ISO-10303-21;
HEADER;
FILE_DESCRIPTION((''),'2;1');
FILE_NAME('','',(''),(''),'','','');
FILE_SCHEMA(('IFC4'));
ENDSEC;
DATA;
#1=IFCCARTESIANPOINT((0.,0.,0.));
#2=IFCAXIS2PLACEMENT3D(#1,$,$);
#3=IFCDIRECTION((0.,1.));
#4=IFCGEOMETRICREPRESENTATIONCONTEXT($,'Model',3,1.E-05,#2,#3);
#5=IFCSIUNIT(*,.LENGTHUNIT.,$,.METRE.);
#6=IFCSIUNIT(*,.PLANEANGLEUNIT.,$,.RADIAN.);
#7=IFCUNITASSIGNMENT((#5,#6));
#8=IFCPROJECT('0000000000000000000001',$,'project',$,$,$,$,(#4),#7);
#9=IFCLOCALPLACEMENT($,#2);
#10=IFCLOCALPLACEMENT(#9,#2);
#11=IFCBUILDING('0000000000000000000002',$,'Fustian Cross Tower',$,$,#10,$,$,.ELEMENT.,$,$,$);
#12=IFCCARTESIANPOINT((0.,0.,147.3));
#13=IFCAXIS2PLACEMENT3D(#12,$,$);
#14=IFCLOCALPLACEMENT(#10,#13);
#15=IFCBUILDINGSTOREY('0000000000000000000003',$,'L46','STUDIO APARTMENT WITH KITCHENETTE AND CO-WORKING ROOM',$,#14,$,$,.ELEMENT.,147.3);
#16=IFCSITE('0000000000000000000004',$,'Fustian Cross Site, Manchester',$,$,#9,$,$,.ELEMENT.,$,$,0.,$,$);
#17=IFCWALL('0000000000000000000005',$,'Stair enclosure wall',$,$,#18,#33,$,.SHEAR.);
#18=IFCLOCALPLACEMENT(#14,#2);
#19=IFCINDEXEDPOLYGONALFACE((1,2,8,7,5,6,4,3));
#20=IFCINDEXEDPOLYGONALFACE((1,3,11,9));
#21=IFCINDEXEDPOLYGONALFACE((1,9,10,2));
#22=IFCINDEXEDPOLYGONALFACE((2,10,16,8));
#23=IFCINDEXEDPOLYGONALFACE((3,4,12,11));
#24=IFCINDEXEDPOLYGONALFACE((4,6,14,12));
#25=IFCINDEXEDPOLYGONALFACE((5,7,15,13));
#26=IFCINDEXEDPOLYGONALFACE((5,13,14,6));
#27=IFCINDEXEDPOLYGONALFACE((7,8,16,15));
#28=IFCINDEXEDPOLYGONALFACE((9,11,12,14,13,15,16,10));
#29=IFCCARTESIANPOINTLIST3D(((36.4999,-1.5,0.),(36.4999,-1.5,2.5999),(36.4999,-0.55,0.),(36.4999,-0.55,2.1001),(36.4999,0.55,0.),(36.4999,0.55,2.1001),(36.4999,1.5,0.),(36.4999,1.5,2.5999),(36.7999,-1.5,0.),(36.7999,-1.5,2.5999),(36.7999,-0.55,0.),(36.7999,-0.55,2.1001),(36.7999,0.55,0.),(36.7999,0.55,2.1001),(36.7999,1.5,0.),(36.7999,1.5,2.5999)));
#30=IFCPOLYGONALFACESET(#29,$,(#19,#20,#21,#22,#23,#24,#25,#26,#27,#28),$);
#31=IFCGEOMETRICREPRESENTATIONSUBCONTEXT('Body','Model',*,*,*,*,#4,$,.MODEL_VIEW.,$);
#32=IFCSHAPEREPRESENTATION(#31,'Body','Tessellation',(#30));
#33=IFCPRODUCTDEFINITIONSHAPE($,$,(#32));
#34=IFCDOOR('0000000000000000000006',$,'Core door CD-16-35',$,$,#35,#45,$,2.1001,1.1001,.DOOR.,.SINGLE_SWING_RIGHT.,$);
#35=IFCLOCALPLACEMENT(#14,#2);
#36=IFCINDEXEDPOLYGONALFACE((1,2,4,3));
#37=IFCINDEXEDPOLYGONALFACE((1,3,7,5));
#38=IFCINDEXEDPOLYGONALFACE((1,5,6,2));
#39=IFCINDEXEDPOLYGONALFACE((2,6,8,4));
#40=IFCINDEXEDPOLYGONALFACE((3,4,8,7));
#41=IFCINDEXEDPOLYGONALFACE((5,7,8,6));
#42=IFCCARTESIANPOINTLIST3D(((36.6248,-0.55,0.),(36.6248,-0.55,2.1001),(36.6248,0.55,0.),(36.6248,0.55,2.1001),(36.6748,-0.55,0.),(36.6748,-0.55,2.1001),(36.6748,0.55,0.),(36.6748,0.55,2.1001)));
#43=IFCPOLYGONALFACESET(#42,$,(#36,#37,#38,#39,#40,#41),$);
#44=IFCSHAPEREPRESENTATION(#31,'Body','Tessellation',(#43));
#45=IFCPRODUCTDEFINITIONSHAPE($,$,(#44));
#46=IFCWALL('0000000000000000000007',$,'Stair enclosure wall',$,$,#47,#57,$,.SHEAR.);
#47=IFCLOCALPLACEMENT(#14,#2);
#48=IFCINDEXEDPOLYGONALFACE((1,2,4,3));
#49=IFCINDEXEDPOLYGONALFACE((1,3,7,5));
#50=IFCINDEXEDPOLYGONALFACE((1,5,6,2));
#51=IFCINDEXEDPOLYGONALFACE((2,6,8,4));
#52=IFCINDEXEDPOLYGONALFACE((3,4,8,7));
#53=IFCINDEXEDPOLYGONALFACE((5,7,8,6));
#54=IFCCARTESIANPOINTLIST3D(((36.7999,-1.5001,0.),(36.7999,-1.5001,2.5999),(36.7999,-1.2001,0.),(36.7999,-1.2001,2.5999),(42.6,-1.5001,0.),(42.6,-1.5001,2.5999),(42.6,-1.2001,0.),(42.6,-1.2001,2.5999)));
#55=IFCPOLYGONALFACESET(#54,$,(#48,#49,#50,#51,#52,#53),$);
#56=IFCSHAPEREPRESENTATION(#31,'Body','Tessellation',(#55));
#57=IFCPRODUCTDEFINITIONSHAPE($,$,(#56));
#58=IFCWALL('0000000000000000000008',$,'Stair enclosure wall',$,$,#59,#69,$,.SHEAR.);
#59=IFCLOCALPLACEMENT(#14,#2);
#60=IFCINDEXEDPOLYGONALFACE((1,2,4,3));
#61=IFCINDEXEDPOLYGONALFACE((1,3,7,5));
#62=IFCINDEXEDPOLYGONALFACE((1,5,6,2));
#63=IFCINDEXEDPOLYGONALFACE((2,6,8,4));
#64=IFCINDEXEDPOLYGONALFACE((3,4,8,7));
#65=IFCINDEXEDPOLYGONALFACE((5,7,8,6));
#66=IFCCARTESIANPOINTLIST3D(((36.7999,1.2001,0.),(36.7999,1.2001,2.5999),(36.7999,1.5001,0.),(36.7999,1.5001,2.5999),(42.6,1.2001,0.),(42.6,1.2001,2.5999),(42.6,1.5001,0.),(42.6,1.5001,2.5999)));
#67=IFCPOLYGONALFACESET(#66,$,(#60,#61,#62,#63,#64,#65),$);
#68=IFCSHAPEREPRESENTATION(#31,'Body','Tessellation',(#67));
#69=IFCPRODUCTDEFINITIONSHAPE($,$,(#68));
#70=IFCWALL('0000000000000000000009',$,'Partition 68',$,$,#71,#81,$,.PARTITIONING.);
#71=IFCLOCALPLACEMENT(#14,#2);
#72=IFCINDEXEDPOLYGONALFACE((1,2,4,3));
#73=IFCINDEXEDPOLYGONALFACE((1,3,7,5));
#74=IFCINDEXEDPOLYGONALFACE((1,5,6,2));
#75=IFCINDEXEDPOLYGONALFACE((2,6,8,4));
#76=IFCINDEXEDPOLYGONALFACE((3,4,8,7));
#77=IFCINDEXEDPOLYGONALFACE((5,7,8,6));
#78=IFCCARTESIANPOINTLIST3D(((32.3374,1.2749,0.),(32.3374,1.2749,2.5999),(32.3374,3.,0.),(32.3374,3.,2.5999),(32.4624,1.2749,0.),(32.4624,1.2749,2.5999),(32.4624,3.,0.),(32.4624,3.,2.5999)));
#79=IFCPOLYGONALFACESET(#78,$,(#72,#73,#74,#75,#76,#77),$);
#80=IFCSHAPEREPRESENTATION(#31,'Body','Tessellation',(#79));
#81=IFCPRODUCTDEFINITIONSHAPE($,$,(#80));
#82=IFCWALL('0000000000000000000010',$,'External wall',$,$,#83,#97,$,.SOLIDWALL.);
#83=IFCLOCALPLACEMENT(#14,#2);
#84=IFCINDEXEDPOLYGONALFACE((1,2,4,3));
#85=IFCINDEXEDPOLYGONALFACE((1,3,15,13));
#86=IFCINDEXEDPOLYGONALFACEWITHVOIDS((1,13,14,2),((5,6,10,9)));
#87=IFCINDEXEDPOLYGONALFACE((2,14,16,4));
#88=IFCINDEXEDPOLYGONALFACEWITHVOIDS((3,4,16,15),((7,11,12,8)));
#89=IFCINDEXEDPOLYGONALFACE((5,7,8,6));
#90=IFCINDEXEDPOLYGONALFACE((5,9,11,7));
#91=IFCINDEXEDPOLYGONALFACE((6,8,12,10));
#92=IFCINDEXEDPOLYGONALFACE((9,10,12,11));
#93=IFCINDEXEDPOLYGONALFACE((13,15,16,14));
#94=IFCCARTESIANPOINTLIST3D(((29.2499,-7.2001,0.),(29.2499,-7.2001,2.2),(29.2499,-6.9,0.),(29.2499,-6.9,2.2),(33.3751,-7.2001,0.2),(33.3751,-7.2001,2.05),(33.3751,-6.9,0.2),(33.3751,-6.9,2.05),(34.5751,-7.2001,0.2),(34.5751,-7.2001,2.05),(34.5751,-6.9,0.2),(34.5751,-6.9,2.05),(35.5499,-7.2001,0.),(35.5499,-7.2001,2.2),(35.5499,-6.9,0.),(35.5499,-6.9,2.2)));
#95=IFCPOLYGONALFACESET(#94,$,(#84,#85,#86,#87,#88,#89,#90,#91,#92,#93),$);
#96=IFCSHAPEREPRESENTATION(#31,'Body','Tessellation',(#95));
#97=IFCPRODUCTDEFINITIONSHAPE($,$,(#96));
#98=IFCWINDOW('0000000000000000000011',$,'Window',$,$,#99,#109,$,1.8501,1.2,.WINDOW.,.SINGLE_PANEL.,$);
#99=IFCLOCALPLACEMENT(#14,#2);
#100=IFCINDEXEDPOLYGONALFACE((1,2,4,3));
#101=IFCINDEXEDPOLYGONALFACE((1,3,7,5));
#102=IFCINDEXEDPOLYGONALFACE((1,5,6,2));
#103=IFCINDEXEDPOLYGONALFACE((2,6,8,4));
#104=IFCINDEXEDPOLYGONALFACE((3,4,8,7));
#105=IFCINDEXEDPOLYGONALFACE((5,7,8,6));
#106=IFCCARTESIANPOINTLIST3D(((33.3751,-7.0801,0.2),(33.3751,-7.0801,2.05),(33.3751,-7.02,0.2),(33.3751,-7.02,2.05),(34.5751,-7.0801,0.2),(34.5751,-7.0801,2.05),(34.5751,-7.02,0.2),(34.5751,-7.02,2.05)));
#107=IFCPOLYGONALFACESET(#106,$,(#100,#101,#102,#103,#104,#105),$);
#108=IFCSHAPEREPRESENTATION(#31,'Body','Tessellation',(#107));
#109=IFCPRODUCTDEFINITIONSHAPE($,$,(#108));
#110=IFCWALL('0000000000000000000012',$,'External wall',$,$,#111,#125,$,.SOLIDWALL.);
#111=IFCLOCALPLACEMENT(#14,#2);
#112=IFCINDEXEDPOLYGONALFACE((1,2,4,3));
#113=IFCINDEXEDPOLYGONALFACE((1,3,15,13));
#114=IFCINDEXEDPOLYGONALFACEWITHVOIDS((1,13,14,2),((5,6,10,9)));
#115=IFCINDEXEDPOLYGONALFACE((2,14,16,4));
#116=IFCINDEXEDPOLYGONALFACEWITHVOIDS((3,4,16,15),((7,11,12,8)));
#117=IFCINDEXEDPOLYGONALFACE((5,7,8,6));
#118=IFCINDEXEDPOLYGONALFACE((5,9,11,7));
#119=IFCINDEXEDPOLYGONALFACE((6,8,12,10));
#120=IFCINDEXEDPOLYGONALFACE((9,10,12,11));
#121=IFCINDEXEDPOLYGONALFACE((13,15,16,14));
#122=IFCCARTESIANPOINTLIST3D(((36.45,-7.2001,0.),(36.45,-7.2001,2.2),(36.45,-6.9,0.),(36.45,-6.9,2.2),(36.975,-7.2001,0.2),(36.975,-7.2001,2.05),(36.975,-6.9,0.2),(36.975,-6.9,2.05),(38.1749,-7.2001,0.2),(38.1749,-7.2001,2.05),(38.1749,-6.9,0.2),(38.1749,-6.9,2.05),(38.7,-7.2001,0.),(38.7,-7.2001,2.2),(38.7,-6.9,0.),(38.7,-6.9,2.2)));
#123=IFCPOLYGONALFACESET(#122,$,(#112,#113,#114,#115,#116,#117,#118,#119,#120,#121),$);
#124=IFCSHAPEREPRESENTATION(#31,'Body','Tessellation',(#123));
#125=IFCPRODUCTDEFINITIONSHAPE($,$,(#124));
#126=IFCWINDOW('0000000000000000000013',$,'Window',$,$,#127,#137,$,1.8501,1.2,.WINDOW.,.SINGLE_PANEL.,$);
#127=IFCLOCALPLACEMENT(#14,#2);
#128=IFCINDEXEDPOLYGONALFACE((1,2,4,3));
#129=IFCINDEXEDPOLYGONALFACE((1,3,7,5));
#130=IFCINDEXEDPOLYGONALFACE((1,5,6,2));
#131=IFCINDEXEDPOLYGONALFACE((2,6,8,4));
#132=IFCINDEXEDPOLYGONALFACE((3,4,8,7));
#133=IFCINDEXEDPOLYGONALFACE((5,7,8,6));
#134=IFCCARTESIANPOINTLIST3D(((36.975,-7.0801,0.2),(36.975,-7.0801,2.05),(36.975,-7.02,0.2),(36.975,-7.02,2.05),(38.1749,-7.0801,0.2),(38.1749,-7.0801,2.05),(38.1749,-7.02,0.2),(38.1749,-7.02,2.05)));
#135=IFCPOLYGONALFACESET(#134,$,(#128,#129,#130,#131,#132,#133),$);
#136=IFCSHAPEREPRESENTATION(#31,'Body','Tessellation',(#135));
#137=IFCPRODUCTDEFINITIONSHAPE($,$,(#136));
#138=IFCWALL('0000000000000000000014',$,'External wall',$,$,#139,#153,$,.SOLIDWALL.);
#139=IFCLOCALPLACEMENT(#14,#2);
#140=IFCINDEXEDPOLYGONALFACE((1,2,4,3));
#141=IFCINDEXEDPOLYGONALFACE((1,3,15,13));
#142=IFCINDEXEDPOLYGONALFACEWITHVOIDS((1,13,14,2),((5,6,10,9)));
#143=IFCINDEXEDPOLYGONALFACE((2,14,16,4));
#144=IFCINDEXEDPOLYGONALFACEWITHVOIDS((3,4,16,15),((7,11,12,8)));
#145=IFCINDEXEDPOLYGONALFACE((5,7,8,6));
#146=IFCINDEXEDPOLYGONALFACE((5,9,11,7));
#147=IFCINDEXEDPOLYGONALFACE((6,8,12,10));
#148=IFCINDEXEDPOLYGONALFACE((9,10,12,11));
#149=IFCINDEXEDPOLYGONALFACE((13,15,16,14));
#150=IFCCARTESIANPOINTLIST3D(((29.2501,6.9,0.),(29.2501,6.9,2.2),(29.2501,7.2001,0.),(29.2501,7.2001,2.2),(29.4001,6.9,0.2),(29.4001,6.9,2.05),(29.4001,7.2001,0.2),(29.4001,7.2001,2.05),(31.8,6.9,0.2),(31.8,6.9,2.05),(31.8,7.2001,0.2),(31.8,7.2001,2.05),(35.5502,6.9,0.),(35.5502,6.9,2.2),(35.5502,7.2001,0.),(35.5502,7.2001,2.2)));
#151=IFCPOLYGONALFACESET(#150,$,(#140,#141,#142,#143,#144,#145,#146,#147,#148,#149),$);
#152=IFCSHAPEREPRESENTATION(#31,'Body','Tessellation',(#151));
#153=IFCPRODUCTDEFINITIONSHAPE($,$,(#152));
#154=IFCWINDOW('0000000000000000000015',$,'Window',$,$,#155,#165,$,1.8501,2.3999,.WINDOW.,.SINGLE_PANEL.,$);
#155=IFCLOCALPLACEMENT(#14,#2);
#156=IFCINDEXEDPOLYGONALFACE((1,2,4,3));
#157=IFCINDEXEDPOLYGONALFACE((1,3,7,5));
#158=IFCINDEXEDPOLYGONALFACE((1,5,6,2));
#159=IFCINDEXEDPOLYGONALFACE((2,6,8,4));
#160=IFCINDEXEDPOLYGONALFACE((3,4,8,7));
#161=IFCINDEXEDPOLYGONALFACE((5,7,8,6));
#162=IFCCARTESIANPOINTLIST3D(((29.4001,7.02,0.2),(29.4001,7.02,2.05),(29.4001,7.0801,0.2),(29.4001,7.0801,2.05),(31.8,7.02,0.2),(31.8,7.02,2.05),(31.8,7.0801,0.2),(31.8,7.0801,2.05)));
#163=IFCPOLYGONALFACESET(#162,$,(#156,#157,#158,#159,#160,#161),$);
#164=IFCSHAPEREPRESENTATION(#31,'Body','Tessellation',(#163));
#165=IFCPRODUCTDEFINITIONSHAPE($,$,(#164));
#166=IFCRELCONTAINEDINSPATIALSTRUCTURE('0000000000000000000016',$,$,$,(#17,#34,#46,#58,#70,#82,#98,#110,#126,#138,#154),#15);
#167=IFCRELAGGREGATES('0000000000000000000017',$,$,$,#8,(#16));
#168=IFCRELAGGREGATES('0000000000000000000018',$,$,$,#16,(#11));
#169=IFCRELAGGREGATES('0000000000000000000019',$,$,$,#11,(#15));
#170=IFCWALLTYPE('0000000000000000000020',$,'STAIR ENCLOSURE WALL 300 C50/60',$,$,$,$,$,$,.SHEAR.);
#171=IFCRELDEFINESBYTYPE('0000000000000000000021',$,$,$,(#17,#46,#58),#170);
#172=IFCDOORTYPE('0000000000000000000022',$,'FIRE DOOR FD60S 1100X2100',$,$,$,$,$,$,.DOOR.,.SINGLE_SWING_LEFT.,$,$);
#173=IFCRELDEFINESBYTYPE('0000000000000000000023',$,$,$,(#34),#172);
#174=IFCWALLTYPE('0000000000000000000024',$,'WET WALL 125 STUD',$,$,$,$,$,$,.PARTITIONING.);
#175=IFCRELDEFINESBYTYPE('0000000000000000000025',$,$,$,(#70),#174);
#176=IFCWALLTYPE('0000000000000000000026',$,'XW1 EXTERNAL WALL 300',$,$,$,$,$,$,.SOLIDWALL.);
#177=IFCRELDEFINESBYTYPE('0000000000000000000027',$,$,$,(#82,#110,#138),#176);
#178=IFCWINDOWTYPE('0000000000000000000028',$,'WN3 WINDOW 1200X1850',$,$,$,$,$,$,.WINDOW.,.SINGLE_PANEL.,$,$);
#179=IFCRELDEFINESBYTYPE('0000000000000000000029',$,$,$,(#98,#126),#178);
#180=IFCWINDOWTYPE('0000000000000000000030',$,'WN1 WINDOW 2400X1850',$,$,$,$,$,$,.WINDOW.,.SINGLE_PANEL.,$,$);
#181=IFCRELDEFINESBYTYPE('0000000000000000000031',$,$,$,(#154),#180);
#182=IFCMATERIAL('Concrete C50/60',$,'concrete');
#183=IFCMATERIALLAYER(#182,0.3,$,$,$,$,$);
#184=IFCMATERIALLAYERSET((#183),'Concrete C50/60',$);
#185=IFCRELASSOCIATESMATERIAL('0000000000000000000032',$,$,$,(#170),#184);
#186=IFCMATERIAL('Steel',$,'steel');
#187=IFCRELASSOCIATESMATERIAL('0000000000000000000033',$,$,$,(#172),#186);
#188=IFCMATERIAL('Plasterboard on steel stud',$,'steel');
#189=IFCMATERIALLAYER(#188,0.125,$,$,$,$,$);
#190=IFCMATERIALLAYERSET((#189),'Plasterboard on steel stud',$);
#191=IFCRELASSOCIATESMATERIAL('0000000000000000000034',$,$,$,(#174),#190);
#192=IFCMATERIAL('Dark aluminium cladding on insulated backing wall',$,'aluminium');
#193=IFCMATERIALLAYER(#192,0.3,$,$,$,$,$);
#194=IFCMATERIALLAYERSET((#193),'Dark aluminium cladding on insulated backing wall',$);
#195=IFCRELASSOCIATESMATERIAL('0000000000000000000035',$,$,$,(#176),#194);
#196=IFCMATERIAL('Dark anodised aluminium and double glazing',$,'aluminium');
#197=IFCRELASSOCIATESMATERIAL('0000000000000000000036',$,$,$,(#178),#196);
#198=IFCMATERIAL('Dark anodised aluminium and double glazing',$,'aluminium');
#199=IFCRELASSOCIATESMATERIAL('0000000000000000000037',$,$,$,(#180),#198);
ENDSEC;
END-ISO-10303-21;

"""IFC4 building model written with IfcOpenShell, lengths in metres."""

from ifc_helpers import new_model, si_unit, direction, frame, frame_2d, origin, place, context, subcontext, project, spatial, rectangle, extrude, material, layer, layer_set, type_object, element, fill, save


model = new_model("IFC4")

# Units and contexts
model_context = context("Model", 3, precision=1e-05, world=origin(), true_north=direction((0.0, 1.0)))
body_context = subcontext(model_context, "Body", "Model", "MODEL_VIEW")
ifc_project = project(units=[si_unit("LENGTHUNIT", "METRE"), si_unit("PLANEANGLEUNIT", "RADIAN")], contexts=[model_context])

# Site, building, storey
site_placement = place(None, origin())
site = spatial("IfcSite", under=ifc_project, at=site_placement, Name="Fustian Cross Site, Manchester", CompositionType="ELEMENT", RefElevation=0.0)
building_placement = place(site_placement, origin())
building = spatial("IfcBuilding", under=site, at=building_placement, Name="Fustian Cross Tower", CompositionType="ELEMENT")
storey_placement = place(building_placement, frame((0.0, 0.0, 147.3)))
storey = spatial("IfcBuildingStorey", under=building, at=storey_placement, Name="L46", Description="STUDIO APARTMENT WITH KITCHENETTE AND CO-WORKING ROOM", CompositionType="ELEMENT", Elevation=147.3)

# Wall, opening, door
ifc_material_1 = material(Name="Concrete C50/60", Category="concrete")
ifc_layer_1 = layer(ifc_material_1, 0.3)
ifc_layer_set_1 = layer_set([ifc_layer_1], Name="Concrete C50/60")
wall_type_1 = type_object("IfcWallType", Name="STAIR ENCLOSURE WALL 300 C50/60", PredefinedType="SHEAR", material=ifc_layer_set_1)
wall_1_placement = place(storey_placement, frame((36.6499, -1.5, 0.0), z_axis=(0.0, 0.0, 1.0), x_axis=(0.0, 1.0, 0.0)))
wall_1 = element("IfcWall", 1, at=wall_1_placement, inside=storey, type_object=wall_type_1, Name="Stair enclosure wall", PredefinedType="SHEAR", context=body_context, shape_type="SweptSolid", body=[
    extrude(rectangle(XDim=3.0, YDim=0.3, at=frame_2d((1.5, 0.0))), origin(), (0.0, 0.0, 1.0), 2.5999),
])
opening_1_placement = place(wall_1_placement, frame((0.95, 0.0, 0.0)))
opening_1 = element("IfcOpeningElement", 2, at=opening_1_placement, cuts=wall_1, PredefinedType="OPENING", context=body_context, shape_type="SweptSolid", body=[
    extrude(rectangle(XDim=1.1001, YDim=2.1001, at=frame_2d((0.55, 1.05))), frame((0.0, 0.1599, 0.0), z_axis=(0.0, -1.0, 0.0), x_axis=(1.0, 0.0, 0.0)), (0.0, 0.0, 1.0), 0.3201),
])
ifc_material_2 = material(Name="Steel", Category="steel")
door_type_1 = type_object("IfcDoorType", Name="FIRE DOOR FD60S 1100X2100", OperationType="SINGLE_SWING_LEFT", PredefinedType="DOOR", material=ifc_material_2)
door_1_placement = place(opening_1_placement, frame((1.1001, 0.0, 0.0), z_axis=(0.0, 0.0, 1.0), x_axis=(-1.0, 0.0, 0.0)))
door_1 = element("IfcDoor", 3, at=door_1_placement, inside=storey, type_object=door_type_1, Name="Core door CD-16-35", OperationType="SINGLE_SWING_RIGHT", OverallHeight=2.1001, OverallWidth=1.1001, PredefinedType="DOOR", context=body_context, shape_type="SweptSolid", body=[
    extrude(rectangle(XDim=1.1001, YDim=2.1001, at=frame_2d((0.55, 1.05))), frame((0.0, 0.0249, 0.0), z_axis=(0.0, -1.0, 0.0), x_axis=(1.0, 0.0, 0.0)), (0.0, 0.0, 1.0), 0.05),
])
fill(opening_1, door_1)

# Walls
for number, where, z_axis, x_axis, name in (
    (4, (36.8, -1.3501, 0.0), (0.0, 0.0, 1.0), (1.0, 0.0, 0.0), "Stair enclosure wall"),
    (5, (36.8, 1.3501, 0.0), (0.0, 0.0, 1.0), (1.0, 0.0, 0.0), "Stair enclosure wall"),
):
    element("IfcWall", number, at=place(storey_placement, frame(where, z_axis=z_axis, x_axis=x_axis)), inside=storey, type_object=wall_type_1, Name=name, PredefinedType="SHEAR", context=body_context, shape_type="SweptSolid", body=[
        extrude(rectangle(XDim=5.8, YDim=0.3, at=frame_2d((2.8999, 0.0))), origin(), (0.0, 0.0, 1.0), 2.5999),
    ])
ifc_material_3 = material(Name="Plasterboard on steel stud", Category="steel")
ifc_layer_2 = layer(ifc_material_3, 0.125)
ifc_layer_set_2 = layer_set([ifc_layer_2], Name="Plasterboard on steel stud")
wall_type_2 = type_object("IfcWallType", Name="WET WALL 125 STUD", PredefinedType="PARTITIONING", material=ifc_layer_set_2)
wall_2_placement = place(storey_placement, frame((32.3999, 1.2749, 0.0), z_axis=(0.0, 0.0, 1.0), x_axis=(0.0, 1.0, 0.0)))
element("IfcWall", 6, at=wall_2_placement, inside=storey, type_object=wall_type_2, Name="Partition 68", PredefinedType="PARTITIONING", context=body_context, shape_type="SweptSolid", body=[
    extrude(rectangle(XDim=1.7251, YDim=0.125, at=frame_2d((0.8625, 0.0))), origin(), (0.0, 0.0, 1.0), 2.5999),
])

# Walls, openings, windows
ifc_material_4 = material(Name="Dark aluminium cladding on insulated backing wall", Category="aluminium")
ifc_layer_3 = layer(ifc_material_4, 0.3)
ifc_layer_set_3 = layer_set([ifc_layer_3], Name="Dark aluminium cladding on insulated backing wall")
wall_type_3 = type_object("IfcWallType", Name="XW1 EXTERNAL WALL 300", PredefinedType="SOLIDWALL", material=ifc_layer_set_3)
wall_3_placement = place(storey_placement, frame((29.25, -7.05, 0.0), z_axis=(0.0, 0.0, 1.0), x_axis=(1.0, 0.0, 0.0)))
wall_3 = element("IfcWall", 7, at=wall_3_placement, inside=storey, type_object=wall_type_3, Name="External wall", PredefinedType="SOLIDWALL", context=body_context, shape_type="SweptSolid", body=[
    extrude(rectangle(XDim=6.3, YDim=0.3, at=frame_2d((3.1499, 0.0))), origin(), (0.0, 0.0, 1.0), 2.2),
])
opening_2_placement = place(wall_3_placement, frame((4.125, 0.0, 0.2)))
opening_2 = element("IfcOpeningElement", 8, at=opening_2_placement, cuts=wall_3, PredefinedType="OPENING", context=body_context, shape_type="SweptSolid", body=[
    extrude(rectangle(XDim=1.2, YDim=1.8501, at=frame_2d((0.6001, 0.925))), frame((0.0, 0.1599, 0.0), z_axis=(0.0, -1.0, 0.0), x_axis=(1.0, 0.0, 0.0)), (0.0, 0.0, 1.0), 0.3201),
])
ifc_material_5 = material(Name="Dark anodised aluminium and double glazing", Category="aluminium")
window_type_1 = type_object("IfcWindowType", Name="WN3 WINDOW 1200X1850", PartitioningType="SINGLE_PANEL", PredefinedType="WINDOW", material=ifc_material_5)
window_1_placement = place(opening_2_placement, origin())
window_1 = element("IfcWindow", 9, at=window_1_placement, inside=storey, type_object=window_type_1, Name="Window", OverallHeight=1.8501, OverallWidth=1.2, PartitioningType="SINGLE_PANEL", PredefinedType="WINDOW", context=body_context, shape_type="SweptSolid", body=[
    extrude(rectangle(XDim=1.2, YDim=1.8501, at=frame_2d((0.6001, 0.925))), frame((0.0, 0.03, 0.0), z_axis=(0.0, -1.0, 0.0), x_axis=(1.0, 0.0, 0.0)), (0.0, 0.0, 1.0), 0.0601),
])
fill(opening_2, window_1)
wall_4_placement = place(storey_placement, frame((36.45, -7.05, 0.0), z_axis=(0.0, 0.0, 1.0), x_axis=(1.0, 0.0, 0.0)))
wall_4 = element("IfcWall", 10, at=wall_4_placement, inside=storey, type_object=wall_type_3, Name="External wall", PredefinedType="SOLIDWALL", context=body_context, shape_type="SweptSolid", body=[
    extrude(rectangle(XDim=2.25, YDim=0.3, at=frame_2d((1.125, 0.0))), origin(), (0.0, 0.0, 1.0), 2.2),
])
opening_3_placement = place(wall_4_placement, frame((0.5249, 0.0, 0.2)))
opening_3 = element("IfcOpeningElement", 11, at=opening_3_placement, cuts=wall_4, PredefinedType="OPENING", context=body_context, shape_type="SweptSolid", body=[
    extrude(rectangle(XDim=1.2, YDim=1.8501, at=frame_2d((0.6001, 0.925))), frame((0.0, 0.1599, 0.0), z_axis=(0.0, -1.0, 0.0), x_axis=(1.0, 0.0, 0.0)), (0.0, 0.0, 1.0), 0.3201),
])
window_2_placement = place(opening_3_placement, origin())
window_2 = element("IfcWindow", 12, at=window_2_placement, inside=storey, type_object=window_type_1, Name="Window", OverallHeight=1.8501, OverallWidth=1.2, PartitioningType="SINGLE_PANEL", PredefinedType="WINDOW", context=body_context, shape_type="SweptSolid", body=[
    extrude(rectangle(XDim=1.2, YDim=1.8501, at=frame_2d((0.6001, 0.925))), frame((0.0, 0.03, 0.0), z_axis=(0.0, -1.0, 0.0), x_axis=(1.0, 0.0, 0.0)), (0.0, 0.0, 1.0), 0.0601),
])
fill(opening_3, window_2)
wall_5_placement = place(storey_placement, frame((35.55, 7.05, 0.0), z_axis=(0.0, 0.0, 1.0), x_axis=(-1.0, 0.0, 0.0)))
wall_5 = element("IfcWall", 13, at=wall_5_placement, inside=storey, type_object=wall_type_3, Name="External wall", PredefinedType="SOLIDWALL", context=body_context, shape_type="SweptSolid", body=[
    extrude(rectangle(XDim=6.3, YDim=0.3, at=frame_2d((3.1499, 0.0))), origin(), (0.0, 0.0, 1.0), 2.2),
])
opening_4_placement = place(wall_5_placement, frame((3.75, 0.0, 0.2)))
opening_4 = element("IfcOpeningElement", 14, at=opening_4_placement, cuts=wall_5, PredefinedType="OPENING", context=body_context, shape_type="SweptSolid", body=[
    extrude(rectangle(XDim=2.3999, YDim=1.8501, at=frame_2d((1.2, 0.925))), frame((0.0, 0.1599, 0.0), z_axis=(0.0, -1.0, 0.0), x_axis=(1.0, 0.0, 0.0)), (0.0, 0.0, 1.0), 0.3201),
])
ifc_material_6 = material(Name="Dark anodised aluminium and double glazing", Category="aluminium")
window_type_2 = type_object("IfcWindowType", Name="WN1 WINDOW 2400X1850", PartitioningType="SINGLE_PANEL", PredefinedType="WINDOW", material=ifc_material_6)
window_3_placement = place(opening_4_placement, origin())
window_3 = element("IfcWindow", 15, at=window_3_placement, inside=storey, type_object=window_type_2, Name="Window", OverallHeight=1.8501, OverallWidth=2.3999, PartitioningType="SINGLE_PANEL", PredefinedType="WINDOW", context=body_context, shape_type="SweptSolid", body=[
    extrude(rectangle(XDim=2.3999, YDim=1.8501, at=frame_2d((1.2, 0.925))), frame((0.0, 0.03, 0.0), z_axis=(0.0, -1.0, 0.0), x_axis=(1.0, 0.0, 0.0)), (0.0, 0.0, 1.0), 0.0601),
])
fill(opening_4, window_3)

save(model, "model.ifc")
